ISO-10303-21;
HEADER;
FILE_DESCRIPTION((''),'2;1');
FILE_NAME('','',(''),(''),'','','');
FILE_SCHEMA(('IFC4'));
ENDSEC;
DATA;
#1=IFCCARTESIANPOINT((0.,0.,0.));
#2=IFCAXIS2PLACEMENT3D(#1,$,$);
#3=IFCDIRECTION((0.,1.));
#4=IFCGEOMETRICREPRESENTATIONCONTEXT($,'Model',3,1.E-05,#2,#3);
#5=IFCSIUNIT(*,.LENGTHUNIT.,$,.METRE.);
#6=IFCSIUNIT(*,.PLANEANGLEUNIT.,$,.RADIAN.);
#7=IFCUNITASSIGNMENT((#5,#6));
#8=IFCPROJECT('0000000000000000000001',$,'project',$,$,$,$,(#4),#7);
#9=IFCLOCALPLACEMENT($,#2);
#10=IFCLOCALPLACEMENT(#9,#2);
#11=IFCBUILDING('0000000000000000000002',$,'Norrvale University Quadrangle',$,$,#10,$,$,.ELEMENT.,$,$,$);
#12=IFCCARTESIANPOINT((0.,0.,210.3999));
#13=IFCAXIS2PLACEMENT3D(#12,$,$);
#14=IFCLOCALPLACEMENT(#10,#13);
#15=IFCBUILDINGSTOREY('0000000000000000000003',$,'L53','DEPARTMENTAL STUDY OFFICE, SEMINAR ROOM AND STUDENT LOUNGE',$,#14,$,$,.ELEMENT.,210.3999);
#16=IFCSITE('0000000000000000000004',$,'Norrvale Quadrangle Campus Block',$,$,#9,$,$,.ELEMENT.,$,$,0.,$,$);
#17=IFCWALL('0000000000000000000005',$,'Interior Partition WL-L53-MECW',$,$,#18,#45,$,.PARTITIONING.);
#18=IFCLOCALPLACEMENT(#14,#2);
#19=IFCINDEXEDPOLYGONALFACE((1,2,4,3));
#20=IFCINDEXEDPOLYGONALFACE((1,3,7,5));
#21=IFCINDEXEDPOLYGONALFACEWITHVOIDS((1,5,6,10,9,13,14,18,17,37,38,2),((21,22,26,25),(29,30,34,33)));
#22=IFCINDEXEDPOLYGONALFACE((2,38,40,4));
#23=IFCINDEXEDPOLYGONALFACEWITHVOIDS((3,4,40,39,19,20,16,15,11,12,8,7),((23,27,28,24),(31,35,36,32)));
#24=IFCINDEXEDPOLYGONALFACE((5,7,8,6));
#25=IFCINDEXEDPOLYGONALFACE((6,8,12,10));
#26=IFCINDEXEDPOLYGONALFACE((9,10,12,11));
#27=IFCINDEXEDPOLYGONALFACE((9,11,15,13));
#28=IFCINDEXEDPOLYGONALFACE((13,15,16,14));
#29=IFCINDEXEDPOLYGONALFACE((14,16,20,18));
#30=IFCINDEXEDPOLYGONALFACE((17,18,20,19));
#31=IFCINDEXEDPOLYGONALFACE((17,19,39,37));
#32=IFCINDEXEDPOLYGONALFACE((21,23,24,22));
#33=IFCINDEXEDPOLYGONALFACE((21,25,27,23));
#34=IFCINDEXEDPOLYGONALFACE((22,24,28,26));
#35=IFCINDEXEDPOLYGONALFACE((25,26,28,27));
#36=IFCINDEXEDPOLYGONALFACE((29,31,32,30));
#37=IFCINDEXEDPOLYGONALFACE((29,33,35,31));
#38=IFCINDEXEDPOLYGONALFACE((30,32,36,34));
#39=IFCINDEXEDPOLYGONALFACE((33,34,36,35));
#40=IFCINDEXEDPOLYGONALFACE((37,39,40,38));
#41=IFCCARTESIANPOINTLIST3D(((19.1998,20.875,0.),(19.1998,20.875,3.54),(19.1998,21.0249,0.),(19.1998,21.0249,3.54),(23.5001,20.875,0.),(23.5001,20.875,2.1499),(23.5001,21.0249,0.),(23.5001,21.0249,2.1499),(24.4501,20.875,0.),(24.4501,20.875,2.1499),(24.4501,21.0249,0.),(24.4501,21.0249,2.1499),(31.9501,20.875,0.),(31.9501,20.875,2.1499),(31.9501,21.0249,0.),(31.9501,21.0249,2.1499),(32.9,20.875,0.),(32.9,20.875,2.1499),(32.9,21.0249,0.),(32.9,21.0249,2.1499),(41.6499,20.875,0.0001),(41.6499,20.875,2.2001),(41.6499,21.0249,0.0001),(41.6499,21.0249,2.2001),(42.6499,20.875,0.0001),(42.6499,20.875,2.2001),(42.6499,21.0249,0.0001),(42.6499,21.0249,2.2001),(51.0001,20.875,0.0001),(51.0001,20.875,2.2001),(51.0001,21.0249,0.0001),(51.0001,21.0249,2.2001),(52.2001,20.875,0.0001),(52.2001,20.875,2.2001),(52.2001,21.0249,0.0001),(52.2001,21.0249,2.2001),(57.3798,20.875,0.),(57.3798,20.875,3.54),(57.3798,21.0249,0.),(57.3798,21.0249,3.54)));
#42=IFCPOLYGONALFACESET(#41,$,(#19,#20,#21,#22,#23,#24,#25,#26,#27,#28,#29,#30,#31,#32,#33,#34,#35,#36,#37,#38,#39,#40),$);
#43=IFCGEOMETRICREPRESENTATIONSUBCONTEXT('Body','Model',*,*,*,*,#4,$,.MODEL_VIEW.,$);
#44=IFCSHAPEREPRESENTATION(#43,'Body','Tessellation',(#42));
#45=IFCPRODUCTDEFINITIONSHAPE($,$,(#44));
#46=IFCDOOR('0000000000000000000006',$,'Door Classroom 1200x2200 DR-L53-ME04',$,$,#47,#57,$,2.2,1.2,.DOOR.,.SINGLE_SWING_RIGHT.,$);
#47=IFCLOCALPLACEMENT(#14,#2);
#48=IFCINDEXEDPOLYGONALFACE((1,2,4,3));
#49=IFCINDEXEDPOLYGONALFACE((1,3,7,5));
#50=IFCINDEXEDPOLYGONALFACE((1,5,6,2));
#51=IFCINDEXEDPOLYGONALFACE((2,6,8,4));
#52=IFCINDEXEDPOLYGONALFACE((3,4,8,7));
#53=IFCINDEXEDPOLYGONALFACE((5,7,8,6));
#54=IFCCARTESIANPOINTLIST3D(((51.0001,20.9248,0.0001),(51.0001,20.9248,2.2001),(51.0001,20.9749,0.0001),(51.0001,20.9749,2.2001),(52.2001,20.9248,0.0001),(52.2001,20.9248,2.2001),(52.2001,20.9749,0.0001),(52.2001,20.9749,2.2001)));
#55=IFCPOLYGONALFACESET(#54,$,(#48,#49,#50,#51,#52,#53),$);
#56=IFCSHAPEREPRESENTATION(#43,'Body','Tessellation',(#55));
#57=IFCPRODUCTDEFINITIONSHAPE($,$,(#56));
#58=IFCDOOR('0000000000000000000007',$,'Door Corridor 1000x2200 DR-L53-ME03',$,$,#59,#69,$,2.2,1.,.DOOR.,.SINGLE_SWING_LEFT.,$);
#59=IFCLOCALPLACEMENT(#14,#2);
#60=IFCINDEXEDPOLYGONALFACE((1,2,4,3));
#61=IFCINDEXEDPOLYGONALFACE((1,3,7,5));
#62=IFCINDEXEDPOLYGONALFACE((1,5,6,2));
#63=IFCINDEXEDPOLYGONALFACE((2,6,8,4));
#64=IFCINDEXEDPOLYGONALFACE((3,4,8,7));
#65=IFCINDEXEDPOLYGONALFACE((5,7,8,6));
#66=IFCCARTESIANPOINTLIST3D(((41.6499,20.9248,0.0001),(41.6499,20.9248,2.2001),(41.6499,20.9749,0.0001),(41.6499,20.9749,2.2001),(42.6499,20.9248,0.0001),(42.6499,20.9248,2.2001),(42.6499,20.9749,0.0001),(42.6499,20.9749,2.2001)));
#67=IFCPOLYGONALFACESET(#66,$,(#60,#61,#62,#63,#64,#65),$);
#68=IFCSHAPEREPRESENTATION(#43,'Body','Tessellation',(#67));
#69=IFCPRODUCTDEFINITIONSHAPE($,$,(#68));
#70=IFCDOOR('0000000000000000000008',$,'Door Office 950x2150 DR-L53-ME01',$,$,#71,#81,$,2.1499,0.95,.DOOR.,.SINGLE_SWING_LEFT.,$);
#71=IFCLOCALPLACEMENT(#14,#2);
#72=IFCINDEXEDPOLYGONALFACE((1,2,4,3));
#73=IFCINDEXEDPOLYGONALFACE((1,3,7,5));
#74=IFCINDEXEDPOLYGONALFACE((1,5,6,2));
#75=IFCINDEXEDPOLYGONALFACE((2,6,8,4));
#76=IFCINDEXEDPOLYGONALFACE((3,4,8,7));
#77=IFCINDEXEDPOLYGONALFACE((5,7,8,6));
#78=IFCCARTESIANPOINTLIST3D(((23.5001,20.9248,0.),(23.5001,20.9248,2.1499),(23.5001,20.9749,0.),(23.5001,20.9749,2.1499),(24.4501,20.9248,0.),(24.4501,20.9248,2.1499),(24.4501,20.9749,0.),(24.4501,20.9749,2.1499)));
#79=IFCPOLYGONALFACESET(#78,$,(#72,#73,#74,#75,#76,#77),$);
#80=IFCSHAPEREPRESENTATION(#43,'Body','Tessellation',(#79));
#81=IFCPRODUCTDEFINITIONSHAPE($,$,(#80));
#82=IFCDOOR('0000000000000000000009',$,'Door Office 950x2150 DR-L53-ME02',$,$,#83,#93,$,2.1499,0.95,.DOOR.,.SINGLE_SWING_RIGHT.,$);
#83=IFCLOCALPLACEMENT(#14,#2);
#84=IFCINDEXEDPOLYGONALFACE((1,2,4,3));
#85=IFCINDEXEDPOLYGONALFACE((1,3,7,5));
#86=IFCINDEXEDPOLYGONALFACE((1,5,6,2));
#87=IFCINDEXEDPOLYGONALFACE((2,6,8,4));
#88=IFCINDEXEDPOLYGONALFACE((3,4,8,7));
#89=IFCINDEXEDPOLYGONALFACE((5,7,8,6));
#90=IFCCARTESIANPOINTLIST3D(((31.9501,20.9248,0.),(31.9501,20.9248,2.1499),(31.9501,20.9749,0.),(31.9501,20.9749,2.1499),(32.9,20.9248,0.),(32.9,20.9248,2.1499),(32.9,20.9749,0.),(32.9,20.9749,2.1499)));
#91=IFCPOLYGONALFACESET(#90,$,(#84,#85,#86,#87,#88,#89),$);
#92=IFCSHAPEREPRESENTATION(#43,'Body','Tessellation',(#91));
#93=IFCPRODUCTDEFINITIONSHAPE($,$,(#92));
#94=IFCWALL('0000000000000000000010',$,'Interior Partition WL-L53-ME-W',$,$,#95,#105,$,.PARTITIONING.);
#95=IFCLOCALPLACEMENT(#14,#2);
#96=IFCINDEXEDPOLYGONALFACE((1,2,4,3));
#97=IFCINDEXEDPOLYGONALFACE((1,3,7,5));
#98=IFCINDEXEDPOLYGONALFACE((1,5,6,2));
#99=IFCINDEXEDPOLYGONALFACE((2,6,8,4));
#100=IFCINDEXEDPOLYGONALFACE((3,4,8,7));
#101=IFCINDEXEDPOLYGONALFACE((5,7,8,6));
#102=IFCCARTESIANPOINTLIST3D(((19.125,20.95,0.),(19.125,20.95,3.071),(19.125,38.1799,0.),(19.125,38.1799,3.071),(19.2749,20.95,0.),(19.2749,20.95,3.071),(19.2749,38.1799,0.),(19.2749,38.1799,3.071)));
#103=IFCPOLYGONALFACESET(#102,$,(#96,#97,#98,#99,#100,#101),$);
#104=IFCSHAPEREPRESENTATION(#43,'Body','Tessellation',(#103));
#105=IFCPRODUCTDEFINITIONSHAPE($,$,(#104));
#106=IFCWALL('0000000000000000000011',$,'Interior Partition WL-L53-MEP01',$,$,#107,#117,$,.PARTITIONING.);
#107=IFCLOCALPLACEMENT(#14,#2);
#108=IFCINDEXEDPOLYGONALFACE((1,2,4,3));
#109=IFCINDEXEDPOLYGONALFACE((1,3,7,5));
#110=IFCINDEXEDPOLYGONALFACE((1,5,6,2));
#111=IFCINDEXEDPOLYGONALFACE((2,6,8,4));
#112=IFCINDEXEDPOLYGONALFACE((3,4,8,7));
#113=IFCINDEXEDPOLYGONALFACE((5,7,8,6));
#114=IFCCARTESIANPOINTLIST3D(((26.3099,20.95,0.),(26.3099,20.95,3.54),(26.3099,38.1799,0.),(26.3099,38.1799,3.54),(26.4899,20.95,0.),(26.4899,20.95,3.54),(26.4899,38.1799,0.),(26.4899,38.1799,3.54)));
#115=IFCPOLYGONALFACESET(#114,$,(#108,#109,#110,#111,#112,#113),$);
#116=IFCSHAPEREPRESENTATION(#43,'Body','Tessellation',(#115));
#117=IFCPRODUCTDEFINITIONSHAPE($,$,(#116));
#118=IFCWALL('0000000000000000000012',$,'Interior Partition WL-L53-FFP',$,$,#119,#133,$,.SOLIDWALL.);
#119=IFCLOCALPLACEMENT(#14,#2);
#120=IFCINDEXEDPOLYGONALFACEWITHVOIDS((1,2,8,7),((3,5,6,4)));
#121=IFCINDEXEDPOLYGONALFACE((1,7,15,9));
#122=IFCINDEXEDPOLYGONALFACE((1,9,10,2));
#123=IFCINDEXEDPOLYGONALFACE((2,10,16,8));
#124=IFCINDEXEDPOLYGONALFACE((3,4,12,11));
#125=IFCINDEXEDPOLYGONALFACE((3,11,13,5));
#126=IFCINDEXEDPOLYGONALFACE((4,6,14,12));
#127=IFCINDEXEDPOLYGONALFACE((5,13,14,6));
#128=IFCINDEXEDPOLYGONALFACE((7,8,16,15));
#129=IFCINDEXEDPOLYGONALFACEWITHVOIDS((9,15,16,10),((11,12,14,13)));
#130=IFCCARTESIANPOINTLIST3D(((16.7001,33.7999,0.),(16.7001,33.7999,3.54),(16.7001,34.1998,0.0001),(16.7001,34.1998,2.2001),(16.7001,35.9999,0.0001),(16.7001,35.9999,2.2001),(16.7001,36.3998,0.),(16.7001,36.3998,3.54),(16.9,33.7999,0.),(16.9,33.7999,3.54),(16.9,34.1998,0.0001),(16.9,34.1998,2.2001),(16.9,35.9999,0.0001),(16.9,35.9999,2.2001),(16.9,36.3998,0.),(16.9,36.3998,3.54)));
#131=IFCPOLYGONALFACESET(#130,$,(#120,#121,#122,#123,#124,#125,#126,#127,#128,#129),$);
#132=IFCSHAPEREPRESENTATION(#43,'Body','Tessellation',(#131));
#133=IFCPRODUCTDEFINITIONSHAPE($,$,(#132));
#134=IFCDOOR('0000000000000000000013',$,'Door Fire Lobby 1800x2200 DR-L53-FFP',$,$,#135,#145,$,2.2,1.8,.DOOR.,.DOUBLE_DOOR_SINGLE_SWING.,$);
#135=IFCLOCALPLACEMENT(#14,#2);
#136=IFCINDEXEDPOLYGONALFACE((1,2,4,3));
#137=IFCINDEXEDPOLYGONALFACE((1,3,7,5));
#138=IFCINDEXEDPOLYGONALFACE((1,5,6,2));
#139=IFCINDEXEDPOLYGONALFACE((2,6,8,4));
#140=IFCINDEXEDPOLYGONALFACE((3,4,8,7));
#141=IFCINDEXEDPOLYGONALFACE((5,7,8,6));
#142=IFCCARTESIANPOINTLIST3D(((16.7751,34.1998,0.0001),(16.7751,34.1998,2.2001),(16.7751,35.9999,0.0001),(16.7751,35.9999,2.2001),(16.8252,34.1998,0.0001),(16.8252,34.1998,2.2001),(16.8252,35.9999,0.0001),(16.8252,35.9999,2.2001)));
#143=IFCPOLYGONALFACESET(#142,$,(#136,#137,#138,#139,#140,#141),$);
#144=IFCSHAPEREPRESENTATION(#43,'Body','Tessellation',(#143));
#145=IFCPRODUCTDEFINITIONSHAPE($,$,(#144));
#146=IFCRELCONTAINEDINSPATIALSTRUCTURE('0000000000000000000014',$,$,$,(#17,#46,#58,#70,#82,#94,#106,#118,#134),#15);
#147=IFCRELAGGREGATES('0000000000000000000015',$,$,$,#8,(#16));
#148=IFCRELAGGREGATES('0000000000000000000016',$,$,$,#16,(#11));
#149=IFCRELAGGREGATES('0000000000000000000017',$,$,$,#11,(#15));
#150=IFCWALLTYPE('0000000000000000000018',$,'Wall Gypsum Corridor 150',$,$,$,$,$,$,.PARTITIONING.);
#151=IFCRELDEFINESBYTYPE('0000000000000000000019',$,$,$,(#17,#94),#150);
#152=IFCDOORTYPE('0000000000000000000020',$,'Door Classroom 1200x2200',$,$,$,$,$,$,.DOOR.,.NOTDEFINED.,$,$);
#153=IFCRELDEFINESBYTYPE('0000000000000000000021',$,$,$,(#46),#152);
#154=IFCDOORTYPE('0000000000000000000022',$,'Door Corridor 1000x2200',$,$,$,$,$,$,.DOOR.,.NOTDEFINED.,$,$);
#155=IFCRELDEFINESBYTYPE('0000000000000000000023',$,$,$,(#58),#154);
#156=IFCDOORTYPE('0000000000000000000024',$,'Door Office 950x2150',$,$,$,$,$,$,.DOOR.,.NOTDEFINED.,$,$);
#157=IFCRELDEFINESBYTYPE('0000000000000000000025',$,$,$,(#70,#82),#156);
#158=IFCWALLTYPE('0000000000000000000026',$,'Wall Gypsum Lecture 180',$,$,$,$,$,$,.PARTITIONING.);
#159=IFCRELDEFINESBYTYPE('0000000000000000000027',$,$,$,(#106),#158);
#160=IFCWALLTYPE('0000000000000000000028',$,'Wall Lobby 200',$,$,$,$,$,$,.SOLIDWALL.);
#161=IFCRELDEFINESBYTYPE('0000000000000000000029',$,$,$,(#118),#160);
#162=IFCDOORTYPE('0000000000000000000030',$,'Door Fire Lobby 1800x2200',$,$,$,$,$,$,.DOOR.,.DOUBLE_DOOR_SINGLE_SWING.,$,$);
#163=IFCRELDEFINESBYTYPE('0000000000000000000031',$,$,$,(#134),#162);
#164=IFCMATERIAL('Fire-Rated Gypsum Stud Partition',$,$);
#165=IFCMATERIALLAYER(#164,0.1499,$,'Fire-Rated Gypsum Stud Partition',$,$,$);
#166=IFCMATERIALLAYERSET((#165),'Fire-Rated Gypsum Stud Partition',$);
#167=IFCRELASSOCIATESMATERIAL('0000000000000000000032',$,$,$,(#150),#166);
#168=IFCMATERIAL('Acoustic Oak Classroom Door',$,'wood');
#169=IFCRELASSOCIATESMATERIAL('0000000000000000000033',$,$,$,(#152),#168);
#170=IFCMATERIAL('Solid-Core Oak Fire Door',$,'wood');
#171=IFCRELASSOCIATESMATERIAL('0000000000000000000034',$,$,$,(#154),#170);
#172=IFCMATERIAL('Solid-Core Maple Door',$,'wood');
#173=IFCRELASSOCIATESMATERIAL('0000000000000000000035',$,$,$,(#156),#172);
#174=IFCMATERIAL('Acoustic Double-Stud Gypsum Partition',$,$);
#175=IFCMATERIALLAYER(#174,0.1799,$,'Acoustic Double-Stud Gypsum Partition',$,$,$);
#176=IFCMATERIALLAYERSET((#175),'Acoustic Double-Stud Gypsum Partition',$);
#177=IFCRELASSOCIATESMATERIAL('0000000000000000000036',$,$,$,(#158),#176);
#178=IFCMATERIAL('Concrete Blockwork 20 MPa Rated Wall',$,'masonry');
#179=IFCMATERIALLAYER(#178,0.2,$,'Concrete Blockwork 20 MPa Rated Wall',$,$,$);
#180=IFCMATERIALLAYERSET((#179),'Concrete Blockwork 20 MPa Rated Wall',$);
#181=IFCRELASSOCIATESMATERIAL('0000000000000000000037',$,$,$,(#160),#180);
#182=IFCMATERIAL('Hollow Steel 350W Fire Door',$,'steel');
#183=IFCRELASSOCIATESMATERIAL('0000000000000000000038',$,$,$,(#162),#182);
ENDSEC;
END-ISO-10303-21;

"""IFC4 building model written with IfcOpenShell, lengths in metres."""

from ifc_helpers import new_model, si_unit, direction, frame, frame_2d, origin, place, context, subcontext, project, spatial, rectangle, extrude, material, layer, layer_set, type_object, element, fill, save


model = new_model("IFC4")

# Units and contexts
model_context = context("Model", 3, precision=1e-05, world=origin(), true_north=direction((0.0, 1.0)))
body_context = subcontext(model_context, "Body", "Model", "MODEL_VIEW")
ifc_project = project(units=[si_unit("LENGTHUNIT", "METRE"), si_unit("PLANEANGLEUNIT", "RADIAN")], contexts=[model_context])

# Site, building, storey
site_placement = place(None, origin())
site = spatial("IfcSite", under=ifc_project, at=site_placement, Name="Norrvale Quadrangle Campus Block", CompositionType="ELEMENT", RefElevation=0.0)
building_placement = place(site_placement, origin())
building = spatial("IfcBuilding", under=site, at=building_placement, Name="Norrvale University Quadrangle", CompositionType="ELEMENT")
storey_placement = place(building_placement, frame((0.0, 0.0, 210.3999)))
storey = spatial("IfcBuildingStorey", under=building, at=storey_placement, Name="L53", Description="DEPARTMENTAL STUDY OFFICE, SEMINAR ROOM AND STUDENT LOUNGE", CompositionType="ELEMENT", Elevation=210.3999)

# Wall, openings, doors
ifc_material_1 = material(Name="Fire-Rated Gypsum Stud Partition")
ifc_layer_1 = layer(ifc_material_1, 0.1499, Name="Fire-Rated Gypsum Stud Partition")
ifc_layer_set_1 = layer_set([ifc_layer_1], Name="Fire-Rated Gypsum Stud Partition")
wall_type_1 = type_object("IfcWallType", Name="Wall Gypsum Corridor 150", PredefinedType="PARTITIONING", material=ifc_layer_set_1)
wall_1_placement = place(storey_placement, frame((19.2, 20.95, 0.0), z_axis=(0.0, 0.0, 1.0), x_axis=(1.0, 0.0, 0.0)))
wall_1 = element("IfcWall", 1, at=wall_1_placement, inside=storey, type_object=wall_type_1, Name="Interior Partition WL-L53-MECW", PredefinedType="PARTITIONING", context=body_context, shape_type="SweptSolid", body=[
    extrude(rectangle(XDim=38.1799, YDim=0.1499, at=frame_2d((19.0898, 0.0))), origin(), (0.0, 0.0, 1.0), 3.54),
])
opening_1_placement = place(wall_1_placement, frame((4.3, 0.0, 0.0)))
opening_1 = element("IfcOpeningElement", 2, at=opening_1_placement, cuts=wall_1, PredefinedType="OPENING", context=body_context, shape_type="SweptSolid", body=[
    extrude(rectangle(XDim=0.95, YDim=2.1499, at=frame_2d((0.4751, 1.075))), frame((0.0, 0.0869, 0.0), z_axis=(0.0, -1.0, 0.0), x_axis=(1.0, 0.0, 0.0)), (0.0, 0.0, 1.0), 0.1738),
])
opening_2_placement = place(wall_1_placement, frame((12.75, 0.0, 0.0)))
opening_2 = element("IfcOpeningElement", 3, at=opening_2_placement, cuts=wall_1, PredefinedType="OPENING", context=body_context, shape_type="SweptSolid", body=[
    extrude(rectangle(XDim=0.95, YDim=2.1499, at=frame_2d((0.4751, 1.075))), frame((0.0, 0.0869, 0.0), z_axis=(0.0, -1.0, 0.0), x_axis=(1.0, 0.0, 0.0)), (0.0, 0.0, 1.0), 0.1738),
])
opening_3_placement = place(wall_1_placement, frame((22.45, 0.0, 0.0)))
opening_3 = element("IfcOpeningElement", 4, at=opening_3_placement, cuts=wall_1, PredefinedType="OPENING", context=body_context, shape_type="SweptSolid", body=[
    extrude(rectangle(XDim=1.0, YDim=2.2, at=frame_2d((0.5, 1.1001))), frame((0.0, 0.0869, 0.0), z_axis=(0.0, -1.0, 0.0), x_axis=(1.0, 0.0, 0.0)), (0.0, 0.0, 1.0), 0.1738),
])
opening_4_placement = place(wall_1_placement, frame((31.8, 0.0, 0.0)))
opening_4 = element("IfcOpeningElement", 5, at=opening_4_placement, cuts=wall_1, PredefinedType="OPENING", context=body_context, shape_type="SweptSolid", body=[
    extrude(rectangle(XDim=1.2, YDim=2.2, at=frame_2d((0.6001, 1.1001))), frame((0.0, 0.0869, 0.0), z_axis=(0.0, -1.0, 0.0), x_axis=(1.0, 0.0, 0.0)), (0.0, 0.0, 1.0), 0.1738),
])
ifc_material_2 = material(Name="Acoustic Oak Classroom Door", Category="wood")
door_type_1 = type_object("IfcDoorType", Name="Door Classroom 1200x2200", OperationType="NOTDEFINED", PredefinedType="DOOR", material=ifc_material_2)
door_1_placement = place(opening_4_placement, origin())
door_1 = element("IfcDoor", 6, at=door_1_placement, inside=storey, type_object=door_type_1, Name="Door Classroom 1200x2200 DR-L53-ME04", OperationType="SINGLE_SWING_RIGHT", OverallHeight=2.2, OverallWidth=1.2, PredefinedType="DOOR", context=body_context, shape_type="SweptSolid", body=[
    extrude(rectangle(XDim=1.2, YDim=2.2, at=frame_2d((0.6001, 1.1001))), frame((0.0, 0.0249, 0.0), z_axis=(0.0, -1.0, 0.0), x_axis=(1.0, 0.0, 0.0)), (0.0, 0.0, 1.0), 0.05),
])
fill(opening_4, door_1)
ifc_material_3 = material(Name="Solid-Core Oak Fire Door", Category="wood")
door_type_2 = type_object("IfcDoorType", Name="Door Corridor 1000x2200", OperationType="NOTDEFINED", PredefinedType="DOOR", material=ifc_material_3)
door_2_placement = place(opening_3_placement, origin())
door_2 = element("IfcDoor", 7, at=door_2_placement, inside=storey, type_object=door_type_2, Name="Door Corridor 1000x2200 DR-L53-ME03", OperationType="SINGLE_SWING_LEFT", OverallHeight=2.2, OverallWidth=1.0, PredefinedType="DOOR", context=body_context, shape_type="SweptSolid", body=[
    extrude(rectangle(XDim=1.0, YDim=2.2, at=frame_2d((0.5, 1.1001))), frame((0.0, 0.0249, 0.0), z_axis=(0.0, -1.0, 0.0), x_axis=(1.0, 0.0, 0.0)), (0.0, 0.0, 1.0), 0.05),
])
fill(opening_3, door_2)
ifc_material_4 = material(Name="Solid-Core Maple Door", Category="wood")
door_type_3 = type_object("IfcDoorType", Name="Door Office 950x2150", OperationType="NOTDEFINED", PredefinedType="DOOR", material=ifc_material_4)
door_3_placement = place(opening_1_placement, origin())
door_3 = element("IfcDoor", 8, at=door_3_placement, inside=storey, type_object=door_type_3, Name="Door Office 950x2150 DR-L53-ME01", OperationType="SINGLE_SWING_LEFT", OverallHeight=2.1499, OverallWidth=0.95, PredefinedType="DOOR", context=body_context, shape_type="SweptSolid", body=[
    extrude(rectangle(XDim=0.95, YDim=2.1499, at=frame_2d((0.4751, 1.075))), frame((0.0, 0.0249, 0.0), z_axis=(0.0, -1.0, 0.0), x_axis=(1.0, 0.0, 0.0)), (0.0, 0.0, 1.0), 0.05),
])
fill(opening_1, door_3)
door_4_placement = place(opening_2_placement, origin())
door_4 = element("IfcDoor", 9, at=door_4_placement, inside=storey, type_object=door_type_3, Name="Door Office 950x2150 DR-L53-ME02", OperationType="SINGLE_SWING_RIGHT", OverallHeight=2.1499, OverallWidth=0.95, PredefinedType="DOOR", context=body_context, shape_type="SweptSolid", body=[
    extrude(rectangle(XDim=0.95, YDim=2.1499, at=frame_2d((0.4751, 1.075))), frame((0.0, 0.0249, 0.0), z_axis=(0.0, -1.0, 0.0), x_axis=(1.0, 0.0, 0.0)), (0.0, 0.0, 1.0), 0.05),
])
fill(opening_2, door_4)

# Walls
wall_2_placement = place(storey_placement, frame((19.2, 20.95, 0.0), z_axis=(0.0, 0.0, 1.0), x_axis=(0.0, 1.0, 0.0)))
element("IfcWall", 10, at=wall_2_placement, inside=storey, type_object=wall_type_1, Name="Interior Partition WL-L53-ME-W", PredefinedType="PARTITIONING", context=body_context, shape_type="SweptSolid", body=[
    extrude(rectangle(XDim=17.23, YDim=0.1499, at=frame_2d((8.615, 0.0))), origin(), (0.0, 0.0, 1.0), 3.071),
])
ifc_material_5 = material(Name="Acoustic Double-Stud Gypsum Partition")
ifc_layer_2 = layer(ifc_material_5, 0.1799, Name="Acoustic Double-Stud Gypsum Partition")
ifc_layer_set_2 = layer_set([ifc_layer_2], Name="Acoustic Double-Stud Gypsum Partition")
wall_type_2 = type_object("IfcWallType", Name="Wall Gypsum Lecture 180", PredefinedType="PARTITIONING", material=ifc_layer_set_2)
wall_3_placement = place(storey_placement, frame((26.3999, 20.95, 0.0), z_axis=(0.0, 0.0, 1.0), x_axis=(0.0, 1.0, 0.0)))
element("IfcWall", 11, at=wall_3_placement, inside=storey, type_object=wall_type_2, Name="Interior Partition WL-L53-MEP01", PredefinedType="PARTITIONING", context=body_context, shape_type="SweptSolid", body=[
    extrude(rectangle(XDim=17.23, YDim=0.1799, at=frame_2d((8.615, 0.0))), origin(), (0.0, 0.0, 1.0), 3.54),
])

# Wall, opening, door
ifc_material_6 = material(Name="Concrete Blockwork 20 MPa Rated Wall", Category="masonry")
ifc_layer_3 = layer(ifc_material_6, 0.2, Name="Concrete Blockwork 20 MPa Rated Wall")
ifc_layer_set_3 = layer_set([ifc_layer_3], Name="Concrete Blockwork 20 MPa Rated Wall")
wall_type_3 = type_object("IfcWallType", Name="Wall Lobby 200", PredefinedType="SOLIDWALL", material=ifc_layer_set_3)
wall_4_placement = place(storey_placement, frame((16.8, 33.8, 0.0), z_axis=(0.0, 0.0, 1.0), x_axis=(0.0, 1.0, 0.0)))
wall_4 = element("IfcWall", 12, at=wall_4_placement, inside=storey, type_object=wall_type_3, Name="Interior Partition WL-L53-FFP", PredefinedType="SOLIDWALL", context=body_context, shape_type="SweptSolid", body=[
    extrude(rectangle(XDim=2.5999, YDim=0.2, at=frame_2d((1.2998, 0.0))), origin(), (0.0, 0.0, 1.0), 3.54),
])
opening_5_placement = place(wall_4_placement, frame((0.3999, 0.0, 0.0)))
opening_5 = element("IfcOpeningElement", 13, at=opening_5_placement, cuts=wall_4, PredefinedType="OPENING", context=body_context, shape_type="SweptSolid", body=[
    extrude(rectangle(XDim=1.8, YDim=2.2, at=frame_2d((0.8999, 1.1001))), frame((0.0, 0.1121, 0.0), z_axis=(0.0, -1.0, 0.0), x_axis=(1.0, 0.0, 0.0)), (0.0, 0.0, 1.0), 0.2239),
])
ifc_material_7 = material(Name="Hollow Steel 350W Fire Door", Category="steel")
door_type_4 = type_object("IfcDoorType", Name="Door Fire Lobby 1800x2200", OperationType="DOUBLE_DOOR_SINGLE_SWING", PredefinedType="DOOR", material=ifc_material_7)
door_5_placement = place(opening_5_placement, origin())
door_5 = element("IfcDoor", 14, at=door_5_placement, inside=storey, type_object=door_type_4, Name="Door Fire Lobby 1800x2200 DR-L53-FFP", OperationType="DOUBLE_DOOR_SINGLE_SWING", OverallHeight=2.2, OverallWidth=1.8, PredefinedType="DOOR", context=body_context, shape_type="SweptSolid", body=[
    extrude(rectangle(XDim=1.8, YDim=2.2, at=frame_2d((0.8999, 1.1001))), frame((0.0, 0.0249, 0.0), z_axis=(0.0, -1.0, 0.0), x_axis=(1.0, 0.0, 0.0)), (0.0, 0.0, 1.0), 0.05),
])
fill(opening_5, door_5)

save(model, "model.ifc")
